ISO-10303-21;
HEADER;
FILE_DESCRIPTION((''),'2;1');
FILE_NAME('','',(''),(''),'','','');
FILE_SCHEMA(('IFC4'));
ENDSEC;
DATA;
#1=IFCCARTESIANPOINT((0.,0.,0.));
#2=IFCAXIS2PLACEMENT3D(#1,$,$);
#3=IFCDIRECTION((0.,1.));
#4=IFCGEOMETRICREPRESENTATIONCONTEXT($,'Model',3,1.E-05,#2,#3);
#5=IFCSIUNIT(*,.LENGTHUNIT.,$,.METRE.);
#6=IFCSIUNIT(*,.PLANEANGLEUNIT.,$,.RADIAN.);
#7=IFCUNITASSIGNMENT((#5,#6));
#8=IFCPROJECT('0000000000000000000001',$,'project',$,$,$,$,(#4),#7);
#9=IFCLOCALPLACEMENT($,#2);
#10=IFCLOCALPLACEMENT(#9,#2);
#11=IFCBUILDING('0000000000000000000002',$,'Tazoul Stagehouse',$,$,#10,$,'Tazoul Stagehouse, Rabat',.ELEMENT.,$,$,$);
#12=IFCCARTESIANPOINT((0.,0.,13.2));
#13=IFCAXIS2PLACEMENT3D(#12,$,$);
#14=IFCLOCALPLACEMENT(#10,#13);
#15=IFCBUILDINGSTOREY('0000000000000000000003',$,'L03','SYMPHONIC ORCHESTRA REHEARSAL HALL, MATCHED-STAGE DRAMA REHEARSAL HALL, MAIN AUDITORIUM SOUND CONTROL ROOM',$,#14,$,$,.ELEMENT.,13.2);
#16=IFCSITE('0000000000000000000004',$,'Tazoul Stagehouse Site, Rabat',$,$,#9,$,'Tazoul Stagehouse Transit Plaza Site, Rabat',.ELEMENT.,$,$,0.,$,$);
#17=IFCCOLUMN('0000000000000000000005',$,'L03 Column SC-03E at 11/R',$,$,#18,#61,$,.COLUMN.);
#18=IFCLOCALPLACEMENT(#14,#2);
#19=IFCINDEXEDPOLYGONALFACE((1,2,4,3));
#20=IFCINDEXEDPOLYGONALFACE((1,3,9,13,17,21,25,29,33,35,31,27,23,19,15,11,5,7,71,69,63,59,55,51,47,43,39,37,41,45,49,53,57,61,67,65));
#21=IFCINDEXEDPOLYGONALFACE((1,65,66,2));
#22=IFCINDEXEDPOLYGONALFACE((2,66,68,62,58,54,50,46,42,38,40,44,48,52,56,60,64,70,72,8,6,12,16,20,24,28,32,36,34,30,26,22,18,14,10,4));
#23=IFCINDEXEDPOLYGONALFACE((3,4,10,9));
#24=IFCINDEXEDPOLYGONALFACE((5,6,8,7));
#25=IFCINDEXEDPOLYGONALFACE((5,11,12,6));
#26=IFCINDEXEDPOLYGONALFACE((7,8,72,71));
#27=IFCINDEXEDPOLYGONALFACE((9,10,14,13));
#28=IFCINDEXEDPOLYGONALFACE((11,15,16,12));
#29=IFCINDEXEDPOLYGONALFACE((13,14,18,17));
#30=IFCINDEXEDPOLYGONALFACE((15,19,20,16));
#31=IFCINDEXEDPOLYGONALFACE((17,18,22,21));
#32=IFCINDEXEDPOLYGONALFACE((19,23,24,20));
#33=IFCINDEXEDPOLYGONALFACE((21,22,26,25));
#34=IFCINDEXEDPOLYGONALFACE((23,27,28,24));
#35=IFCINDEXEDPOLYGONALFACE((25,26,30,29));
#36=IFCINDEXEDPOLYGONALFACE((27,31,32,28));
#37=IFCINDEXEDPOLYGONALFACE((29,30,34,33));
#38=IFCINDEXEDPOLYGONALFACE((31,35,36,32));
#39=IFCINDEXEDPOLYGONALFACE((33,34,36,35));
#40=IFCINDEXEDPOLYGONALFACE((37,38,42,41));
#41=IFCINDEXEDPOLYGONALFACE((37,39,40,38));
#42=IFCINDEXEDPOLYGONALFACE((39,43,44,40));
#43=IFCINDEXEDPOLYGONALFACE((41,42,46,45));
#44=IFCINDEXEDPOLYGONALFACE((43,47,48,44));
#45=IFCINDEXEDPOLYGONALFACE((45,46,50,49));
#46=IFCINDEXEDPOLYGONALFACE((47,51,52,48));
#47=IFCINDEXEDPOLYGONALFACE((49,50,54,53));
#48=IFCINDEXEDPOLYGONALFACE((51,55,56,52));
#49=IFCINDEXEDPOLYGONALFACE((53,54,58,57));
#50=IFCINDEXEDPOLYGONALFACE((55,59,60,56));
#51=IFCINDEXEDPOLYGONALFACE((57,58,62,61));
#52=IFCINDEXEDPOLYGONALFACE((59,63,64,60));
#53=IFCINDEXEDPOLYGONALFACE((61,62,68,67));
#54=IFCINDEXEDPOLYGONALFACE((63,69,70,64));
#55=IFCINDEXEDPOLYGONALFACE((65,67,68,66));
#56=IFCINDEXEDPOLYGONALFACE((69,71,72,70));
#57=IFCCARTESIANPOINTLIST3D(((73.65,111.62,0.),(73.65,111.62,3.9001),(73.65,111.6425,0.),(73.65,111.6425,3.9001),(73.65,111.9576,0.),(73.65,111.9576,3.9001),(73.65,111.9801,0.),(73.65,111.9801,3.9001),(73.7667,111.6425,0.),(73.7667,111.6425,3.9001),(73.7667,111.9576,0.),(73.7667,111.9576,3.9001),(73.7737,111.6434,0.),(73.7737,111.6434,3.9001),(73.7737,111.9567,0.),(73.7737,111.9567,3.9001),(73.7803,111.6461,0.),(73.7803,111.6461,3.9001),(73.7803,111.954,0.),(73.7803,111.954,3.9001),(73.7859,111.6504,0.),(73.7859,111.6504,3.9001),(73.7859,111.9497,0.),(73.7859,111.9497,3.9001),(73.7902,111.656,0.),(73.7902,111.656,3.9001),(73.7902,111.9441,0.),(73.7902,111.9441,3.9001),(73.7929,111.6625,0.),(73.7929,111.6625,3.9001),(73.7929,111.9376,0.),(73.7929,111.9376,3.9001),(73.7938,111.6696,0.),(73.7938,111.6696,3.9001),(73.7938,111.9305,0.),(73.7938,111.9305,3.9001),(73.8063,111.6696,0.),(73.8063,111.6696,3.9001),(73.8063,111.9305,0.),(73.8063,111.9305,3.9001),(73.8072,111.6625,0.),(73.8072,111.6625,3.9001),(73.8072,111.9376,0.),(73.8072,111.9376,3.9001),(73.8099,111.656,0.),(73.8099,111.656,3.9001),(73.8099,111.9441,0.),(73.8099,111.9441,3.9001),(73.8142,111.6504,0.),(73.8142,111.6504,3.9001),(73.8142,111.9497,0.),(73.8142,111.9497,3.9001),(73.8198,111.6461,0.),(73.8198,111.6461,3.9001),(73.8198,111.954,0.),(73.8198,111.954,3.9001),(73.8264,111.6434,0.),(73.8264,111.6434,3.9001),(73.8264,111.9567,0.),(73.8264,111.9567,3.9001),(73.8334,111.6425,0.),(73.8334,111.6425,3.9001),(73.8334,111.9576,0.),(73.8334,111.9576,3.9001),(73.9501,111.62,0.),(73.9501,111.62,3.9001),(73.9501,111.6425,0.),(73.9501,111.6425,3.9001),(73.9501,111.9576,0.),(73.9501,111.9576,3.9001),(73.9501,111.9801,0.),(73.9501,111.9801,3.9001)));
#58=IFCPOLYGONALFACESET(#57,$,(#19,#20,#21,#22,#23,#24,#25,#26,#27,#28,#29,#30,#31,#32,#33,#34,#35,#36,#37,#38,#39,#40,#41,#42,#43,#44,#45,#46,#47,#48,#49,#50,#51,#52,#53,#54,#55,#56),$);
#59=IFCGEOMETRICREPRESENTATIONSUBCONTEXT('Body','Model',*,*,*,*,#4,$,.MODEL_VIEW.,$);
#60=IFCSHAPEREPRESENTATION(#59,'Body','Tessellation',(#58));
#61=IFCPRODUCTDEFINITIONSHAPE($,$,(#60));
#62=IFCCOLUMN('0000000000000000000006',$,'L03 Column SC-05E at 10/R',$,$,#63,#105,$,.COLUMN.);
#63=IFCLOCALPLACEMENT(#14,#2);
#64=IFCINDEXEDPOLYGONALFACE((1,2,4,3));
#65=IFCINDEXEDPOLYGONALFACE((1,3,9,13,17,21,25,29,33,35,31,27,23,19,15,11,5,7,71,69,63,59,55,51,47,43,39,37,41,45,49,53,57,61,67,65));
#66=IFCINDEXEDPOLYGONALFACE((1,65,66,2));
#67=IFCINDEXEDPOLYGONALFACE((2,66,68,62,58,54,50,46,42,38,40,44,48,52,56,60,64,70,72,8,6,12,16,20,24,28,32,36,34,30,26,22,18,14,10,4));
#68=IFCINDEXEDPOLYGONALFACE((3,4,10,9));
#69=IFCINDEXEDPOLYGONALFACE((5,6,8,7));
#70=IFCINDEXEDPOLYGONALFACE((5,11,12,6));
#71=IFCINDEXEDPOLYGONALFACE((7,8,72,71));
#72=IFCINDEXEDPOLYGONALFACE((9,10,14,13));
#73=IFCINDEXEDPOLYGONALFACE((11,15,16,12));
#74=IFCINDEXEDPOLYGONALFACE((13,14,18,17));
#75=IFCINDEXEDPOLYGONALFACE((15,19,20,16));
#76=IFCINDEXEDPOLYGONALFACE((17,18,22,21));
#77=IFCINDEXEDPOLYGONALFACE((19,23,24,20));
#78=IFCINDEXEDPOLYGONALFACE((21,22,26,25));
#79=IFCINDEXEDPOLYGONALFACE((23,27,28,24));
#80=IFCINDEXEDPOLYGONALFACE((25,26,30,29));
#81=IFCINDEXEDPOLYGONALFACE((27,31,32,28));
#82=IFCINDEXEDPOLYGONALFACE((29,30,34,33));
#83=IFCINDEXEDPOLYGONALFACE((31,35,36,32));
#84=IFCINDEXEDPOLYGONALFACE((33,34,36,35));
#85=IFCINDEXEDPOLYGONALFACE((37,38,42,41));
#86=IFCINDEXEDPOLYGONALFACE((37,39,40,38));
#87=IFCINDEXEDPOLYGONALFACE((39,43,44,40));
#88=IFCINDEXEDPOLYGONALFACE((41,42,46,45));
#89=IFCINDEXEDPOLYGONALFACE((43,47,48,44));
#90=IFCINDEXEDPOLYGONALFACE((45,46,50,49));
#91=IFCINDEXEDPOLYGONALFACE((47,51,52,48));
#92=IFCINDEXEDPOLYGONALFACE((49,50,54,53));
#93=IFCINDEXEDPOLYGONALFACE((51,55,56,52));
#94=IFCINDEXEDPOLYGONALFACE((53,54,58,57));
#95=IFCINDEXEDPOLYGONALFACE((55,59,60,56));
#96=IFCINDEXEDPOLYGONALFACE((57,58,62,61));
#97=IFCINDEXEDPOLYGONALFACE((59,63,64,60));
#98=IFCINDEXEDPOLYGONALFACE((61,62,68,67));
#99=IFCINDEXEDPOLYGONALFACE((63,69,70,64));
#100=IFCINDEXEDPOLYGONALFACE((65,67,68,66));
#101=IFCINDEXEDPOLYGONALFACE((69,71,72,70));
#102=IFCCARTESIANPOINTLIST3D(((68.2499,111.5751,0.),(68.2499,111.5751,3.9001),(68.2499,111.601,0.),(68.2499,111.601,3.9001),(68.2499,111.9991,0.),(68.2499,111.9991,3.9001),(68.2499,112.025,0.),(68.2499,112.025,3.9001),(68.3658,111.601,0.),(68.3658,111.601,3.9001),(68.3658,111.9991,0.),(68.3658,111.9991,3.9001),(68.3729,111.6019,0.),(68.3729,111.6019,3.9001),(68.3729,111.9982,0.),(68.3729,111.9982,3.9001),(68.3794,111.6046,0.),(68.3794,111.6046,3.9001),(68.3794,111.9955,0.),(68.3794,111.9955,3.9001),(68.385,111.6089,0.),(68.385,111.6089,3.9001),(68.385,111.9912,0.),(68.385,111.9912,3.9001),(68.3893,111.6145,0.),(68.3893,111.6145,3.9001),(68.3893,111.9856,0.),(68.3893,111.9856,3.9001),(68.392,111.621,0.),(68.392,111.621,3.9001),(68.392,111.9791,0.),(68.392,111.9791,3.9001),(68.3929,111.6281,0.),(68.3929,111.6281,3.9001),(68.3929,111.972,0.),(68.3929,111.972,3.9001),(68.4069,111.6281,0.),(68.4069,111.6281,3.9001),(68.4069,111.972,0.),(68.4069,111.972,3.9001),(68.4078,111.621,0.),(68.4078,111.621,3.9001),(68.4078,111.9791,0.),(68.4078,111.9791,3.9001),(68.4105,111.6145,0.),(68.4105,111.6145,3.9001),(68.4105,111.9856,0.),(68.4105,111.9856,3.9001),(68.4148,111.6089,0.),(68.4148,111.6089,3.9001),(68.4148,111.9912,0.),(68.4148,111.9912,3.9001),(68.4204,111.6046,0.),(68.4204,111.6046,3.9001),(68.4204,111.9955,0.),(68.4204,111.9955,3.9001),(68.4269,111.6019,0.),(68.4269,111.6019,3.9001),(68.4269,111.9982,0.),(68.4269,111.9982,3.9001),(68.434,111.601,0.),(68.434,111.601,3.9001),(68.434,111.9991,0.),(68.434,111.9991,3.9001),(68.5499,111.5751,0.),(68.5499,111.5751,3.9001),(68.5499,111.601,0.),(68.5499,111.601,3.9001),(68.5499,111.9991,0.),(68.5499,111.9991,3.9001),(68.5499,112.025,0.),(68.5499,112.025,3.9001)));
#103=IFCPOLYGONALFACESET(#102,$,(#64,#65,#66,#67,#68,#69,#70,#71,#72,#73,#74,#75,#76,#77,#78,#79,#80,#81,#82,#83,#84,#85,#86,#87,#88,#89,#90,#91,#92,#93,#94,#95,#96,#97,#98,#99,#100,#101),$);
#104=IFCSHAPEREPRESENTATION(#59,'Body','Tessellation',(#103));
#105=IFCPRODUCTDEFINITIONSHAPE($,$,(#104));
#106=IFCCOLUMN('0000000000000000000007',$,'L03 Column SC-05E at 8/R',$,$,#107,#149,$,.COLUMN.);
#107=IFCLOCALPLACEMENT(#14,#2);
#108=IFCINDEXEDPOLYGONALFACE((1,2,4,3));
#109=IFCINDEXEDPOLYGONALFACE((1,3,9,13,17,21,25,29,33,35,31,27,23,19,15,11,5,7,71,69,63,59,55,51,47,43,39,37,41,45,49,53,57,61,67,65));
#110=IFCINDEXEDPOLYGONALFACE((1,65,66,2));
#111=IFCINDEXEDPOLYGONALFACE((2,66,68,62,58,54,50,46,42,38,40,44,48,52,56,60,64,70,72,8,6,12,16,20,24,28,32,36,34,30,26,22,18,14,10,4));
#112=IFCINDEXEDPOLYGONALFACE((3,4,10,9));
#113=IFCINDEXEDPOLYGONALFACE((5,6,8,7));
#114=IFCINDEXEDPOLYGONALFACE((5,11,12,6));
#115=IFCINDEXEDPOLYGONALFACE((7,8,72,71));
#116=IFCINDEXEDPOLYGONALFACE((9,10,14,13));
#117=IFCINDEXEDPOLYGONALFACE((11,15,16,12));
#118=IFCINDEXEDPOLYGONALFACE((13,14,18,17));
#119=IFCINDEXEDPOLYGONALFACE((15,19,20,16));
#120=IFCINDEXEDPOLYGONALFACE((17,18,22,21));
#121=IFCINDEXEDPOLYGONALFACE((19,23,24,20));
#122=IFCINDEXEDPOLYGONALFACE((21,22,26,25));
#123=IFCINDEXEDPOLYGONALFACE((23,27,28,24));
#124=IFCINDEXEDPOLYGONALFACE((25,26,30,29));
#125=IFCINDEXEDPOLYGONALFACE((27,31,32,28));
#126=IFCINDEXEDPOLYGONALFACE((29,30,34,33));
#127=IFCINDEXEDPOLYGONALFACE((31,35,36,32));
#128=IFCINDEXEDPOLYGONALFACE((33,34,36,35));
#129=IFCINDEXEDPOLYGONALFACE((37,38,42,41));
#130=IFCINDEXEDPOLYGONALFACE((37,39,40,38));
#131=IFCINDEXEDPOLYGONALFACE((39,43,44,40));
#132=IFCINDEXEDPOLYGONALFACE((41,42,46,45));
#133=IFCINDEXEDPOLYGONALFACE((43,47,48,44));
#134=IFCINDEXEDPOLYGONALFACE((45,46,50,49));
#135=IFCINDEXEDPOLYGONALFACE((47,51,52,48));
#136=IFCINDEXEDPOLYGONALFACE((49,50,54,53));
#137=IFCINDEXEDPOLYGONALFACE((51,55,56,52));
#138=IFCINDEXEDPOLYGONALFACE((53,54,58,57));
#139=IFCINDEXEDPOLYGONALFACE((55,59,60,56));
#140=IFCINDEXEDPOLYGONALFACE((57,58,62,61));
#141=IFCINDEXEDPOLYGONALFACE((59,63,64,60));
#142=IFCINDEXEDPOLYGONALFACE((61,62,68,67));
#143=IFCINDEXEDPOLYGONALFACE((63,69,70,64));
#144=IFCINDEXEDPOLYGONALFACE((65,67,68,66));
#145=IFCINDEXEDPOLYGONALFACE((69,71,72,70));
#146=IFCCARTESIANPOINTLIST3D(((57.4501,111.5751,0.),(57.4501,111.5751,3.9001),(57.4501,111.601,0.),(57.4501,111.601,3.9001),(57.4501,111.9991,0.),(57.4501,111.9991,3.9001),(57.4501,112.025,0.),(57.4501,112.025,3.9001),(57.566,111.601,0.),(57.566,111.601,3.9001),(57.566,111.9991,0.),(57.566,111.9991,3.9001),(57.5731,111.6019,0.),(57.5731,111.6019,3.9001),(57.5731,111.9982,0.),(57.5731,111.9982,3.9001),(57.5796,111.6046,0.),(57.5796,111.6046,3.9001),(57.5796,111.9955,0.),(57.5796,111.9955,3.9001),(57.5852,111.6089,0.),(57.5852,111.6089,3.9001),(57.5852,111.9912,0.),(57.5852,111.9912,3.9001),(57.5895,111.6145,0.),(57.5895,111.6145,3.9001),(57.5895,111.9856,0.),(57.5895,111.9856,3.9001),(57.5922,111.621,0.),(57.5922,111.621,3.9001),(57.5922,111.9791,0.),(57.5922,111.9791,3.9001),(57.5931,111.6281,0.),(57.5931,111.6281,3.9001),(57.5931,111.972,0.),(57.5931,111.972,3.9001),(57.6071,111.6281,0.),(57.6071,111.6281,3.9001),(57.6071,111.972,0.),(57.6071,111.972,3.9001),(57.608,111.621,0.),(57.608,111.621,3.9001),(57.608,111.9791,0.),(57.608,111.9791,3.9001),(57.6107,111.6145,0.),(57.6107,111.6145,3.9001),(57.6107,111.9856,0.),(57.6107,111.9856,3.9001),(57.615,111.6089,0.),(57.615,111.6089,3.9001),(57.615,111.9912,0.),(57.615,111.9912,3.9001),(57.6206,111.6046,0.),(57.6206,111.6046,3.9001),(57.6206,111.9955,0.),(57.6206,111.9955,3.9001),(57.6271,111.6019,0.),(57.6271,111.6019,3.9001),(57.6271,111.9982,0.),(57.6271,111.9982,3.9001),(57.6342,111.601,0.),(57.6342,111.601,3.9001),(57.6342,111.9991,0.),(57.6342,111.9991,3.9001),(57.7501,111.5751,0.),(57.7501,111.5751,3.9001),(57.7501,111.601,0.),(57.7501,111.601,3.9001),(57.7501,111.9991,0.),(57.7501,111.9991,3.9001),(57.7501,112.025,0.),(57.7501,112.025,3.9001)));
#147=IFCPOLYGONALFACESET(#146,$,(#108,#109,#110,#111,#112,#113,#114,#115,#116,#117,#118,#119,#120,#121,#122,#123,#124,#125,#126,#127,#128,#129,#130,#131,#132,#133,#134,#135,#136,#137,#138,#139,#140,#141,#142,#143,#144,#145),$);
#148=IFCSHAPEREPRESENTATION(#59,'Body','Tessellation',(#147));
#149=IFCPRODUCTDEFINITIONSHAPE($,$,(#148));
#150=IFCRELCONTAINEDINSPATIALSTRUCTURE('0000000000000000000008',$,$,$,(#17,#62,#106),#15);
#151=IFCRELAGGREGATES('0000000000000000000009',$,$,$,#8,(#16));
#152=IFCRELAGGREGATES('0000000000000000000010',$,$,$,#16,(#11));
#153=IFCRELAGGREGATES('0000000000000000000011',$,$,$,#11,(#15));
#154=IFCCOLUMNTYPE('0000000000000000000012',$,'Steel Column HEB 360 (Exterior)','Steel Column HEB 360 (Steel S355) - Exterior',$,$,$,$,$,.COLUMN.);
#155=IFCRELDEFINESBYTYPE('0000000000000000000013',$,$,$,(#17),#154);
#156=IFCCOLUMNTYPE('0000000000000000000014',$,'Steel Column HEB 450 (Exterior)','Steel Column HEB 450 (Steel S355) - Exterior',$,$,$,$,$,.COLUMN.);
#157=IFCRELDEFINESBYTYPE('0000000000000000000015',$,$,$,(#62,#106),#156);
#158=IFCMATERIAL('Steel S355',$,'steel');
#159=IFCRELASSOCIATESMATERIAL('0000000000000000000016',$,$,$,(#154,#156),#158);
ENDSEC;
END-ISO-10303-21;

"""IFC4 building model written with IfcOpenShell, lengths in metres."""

from ifc_helpers import new_model, si_unit, direction, frame, origin, origin_2d, place, context, subcontext, project, spatial, i_section, extrude, material, material_profile, profile_set, type_object, element, save


model = new_model("IFC4")

# Units and contexts
model_context = context("Model", 3, precision=1e-05, world=origin(), true_north=direction((0.0, 1.0)))
body_context = subcontext(model_context, "Body", "Model", "MODEL_VIEW")
ifc_project = project(units=[si_unit("LENGTHUNIT", "METRE"), si_unit("PLANEANGLEUNIT", "RADIAN")], contexts=[model_context])

# Site, building, storey
site_placement = place(None, origin())
site = spatial("IfcSite", under=ifc_project, at=site_placement, Name="Tazoul Stagehouse Site, Rabat", LongName="Tazoul Stagehouse Transit Plaza Site, Rabat", CompositionType="ELEMENT", RefElevation=0.0)
building_placement = place(site_placement, origin())
building = spatial("IfcBuilding", under=site, at=building_placement, Name="Tazoul Stagehouse", LongName="Tazoul Stagehouse, Rabat", CompositionType="ELEMENT")
storey_placement = place(building_placement, frame((0.0, 0.0, 13.2)))
storey = spatial("IfcBuildingStorey", under=building, at=storey_placement, Name="L03", Description="SYMPHONIC ORCHESTRA REHEARSAL HALL, MATCHED-STAGE DRAMA REHEARSAL HALL, MAIN AUDITORIUM SOUND CONTROL ROOM", CompositionType="ELEMENT", Elevation=13.2)

# Columns
ifc_material_1 = material(Name="Steel S355", Category="steel")
ifc_material_profile_1 = material_profile(ifc_material_1, i_section(OverallWidth=0.3, OverallDepth=0.3601, WebThickness=0.0125, FlangeThickness=0.0225, FilletRadius=0.0271, at=origin_2d()), Name="HEB 360")
ifc_profile_set_1 = profile_set([ifc_material_profile_1], Name="Steel S355")
column_type_1 = type_object("IfcColumnType", Name="Steel Column HEB 360 (Exterior)", Description="Steel Column HEB 360 (Steel S355) - Exterior", PredefinedType="COLUMN", material=ifc_profile_set_1)
column_placement = place(storey_placement, frame((73.8, 111.8, 0.0), z_axis=(0.0, 0.0, 1.0), x_axis=(1.0, 0.0, 0.0)))
element("IfcColumn", 1, at=column_placement, inside=storey, type_object=column_type_1, Name="L03 Column SC-03E at 11/R", PredefinedType="COLUMN", context=body_context, shape_type="SweptSolid", body=[
    extrude(i_section(OverallWidth=0.3, OverallDepth=0.3601, WebThickness=0.0125, FlangeThickness=0.0225, FilletRadius=0.0271, at=origin_2d()), origin(), (0.0, 0.0, 1.0), 3.9001),
])
ifc_material_profile_2 = material_profile(ifc_material_1, i_section(OverallWidth=0.3, OverallDepth=0.45, WebThickness=0.0139, FlangeThickness=0.0259, FilletRadius=0.0271, at=origin_2d()), Name="HEB 450")
ifc_profile_set_2 = profile_set([ifc_material_profile_2], Name="Steel S355")
column_type_2 = type_object("IfcColumnType", Name="Steel Column HEB 450 (Exterior)", Description="Steel Column HEB 450 (Steel S355) - Exterior", PredefinedType="COLUMN", material=ifc_profile_set_2)
for number, where, z_axis, x_axis, name in (
    (2, (68.3999, 111.8, 0.0), (0.0, 0.0, 1.0), (1.0, 0.0, 0.0), "L03 Column SC-05E at 10/R"),
    (3, (57.6001, 111.8, 0.0), (0.0, 0.0, 1.0), (1.0, 0.0, 0.0), "L03 Column SC-05E at 8/R"),
):
    element("IfcColumn", number, at=place(storey_placement, frame(where, z_axis=z_axis, x_axis=x_axis)), inside=storey, type_object=column_type_2, Name=name, PredefinedType="COLUMN", context=body_context, shape_type="SweptSolid", body=[
        extrude(i_section(OverallWidth=0.3, OverallDepth=0.45, WebThickness=0.0139, FlangeThickness=0.0259, FilletRadius=0.0271, at=origin_2d()), origin(), (0.0, 0.0, 1.0), 3.9001),
    ])

save(model, "model.ifc")
